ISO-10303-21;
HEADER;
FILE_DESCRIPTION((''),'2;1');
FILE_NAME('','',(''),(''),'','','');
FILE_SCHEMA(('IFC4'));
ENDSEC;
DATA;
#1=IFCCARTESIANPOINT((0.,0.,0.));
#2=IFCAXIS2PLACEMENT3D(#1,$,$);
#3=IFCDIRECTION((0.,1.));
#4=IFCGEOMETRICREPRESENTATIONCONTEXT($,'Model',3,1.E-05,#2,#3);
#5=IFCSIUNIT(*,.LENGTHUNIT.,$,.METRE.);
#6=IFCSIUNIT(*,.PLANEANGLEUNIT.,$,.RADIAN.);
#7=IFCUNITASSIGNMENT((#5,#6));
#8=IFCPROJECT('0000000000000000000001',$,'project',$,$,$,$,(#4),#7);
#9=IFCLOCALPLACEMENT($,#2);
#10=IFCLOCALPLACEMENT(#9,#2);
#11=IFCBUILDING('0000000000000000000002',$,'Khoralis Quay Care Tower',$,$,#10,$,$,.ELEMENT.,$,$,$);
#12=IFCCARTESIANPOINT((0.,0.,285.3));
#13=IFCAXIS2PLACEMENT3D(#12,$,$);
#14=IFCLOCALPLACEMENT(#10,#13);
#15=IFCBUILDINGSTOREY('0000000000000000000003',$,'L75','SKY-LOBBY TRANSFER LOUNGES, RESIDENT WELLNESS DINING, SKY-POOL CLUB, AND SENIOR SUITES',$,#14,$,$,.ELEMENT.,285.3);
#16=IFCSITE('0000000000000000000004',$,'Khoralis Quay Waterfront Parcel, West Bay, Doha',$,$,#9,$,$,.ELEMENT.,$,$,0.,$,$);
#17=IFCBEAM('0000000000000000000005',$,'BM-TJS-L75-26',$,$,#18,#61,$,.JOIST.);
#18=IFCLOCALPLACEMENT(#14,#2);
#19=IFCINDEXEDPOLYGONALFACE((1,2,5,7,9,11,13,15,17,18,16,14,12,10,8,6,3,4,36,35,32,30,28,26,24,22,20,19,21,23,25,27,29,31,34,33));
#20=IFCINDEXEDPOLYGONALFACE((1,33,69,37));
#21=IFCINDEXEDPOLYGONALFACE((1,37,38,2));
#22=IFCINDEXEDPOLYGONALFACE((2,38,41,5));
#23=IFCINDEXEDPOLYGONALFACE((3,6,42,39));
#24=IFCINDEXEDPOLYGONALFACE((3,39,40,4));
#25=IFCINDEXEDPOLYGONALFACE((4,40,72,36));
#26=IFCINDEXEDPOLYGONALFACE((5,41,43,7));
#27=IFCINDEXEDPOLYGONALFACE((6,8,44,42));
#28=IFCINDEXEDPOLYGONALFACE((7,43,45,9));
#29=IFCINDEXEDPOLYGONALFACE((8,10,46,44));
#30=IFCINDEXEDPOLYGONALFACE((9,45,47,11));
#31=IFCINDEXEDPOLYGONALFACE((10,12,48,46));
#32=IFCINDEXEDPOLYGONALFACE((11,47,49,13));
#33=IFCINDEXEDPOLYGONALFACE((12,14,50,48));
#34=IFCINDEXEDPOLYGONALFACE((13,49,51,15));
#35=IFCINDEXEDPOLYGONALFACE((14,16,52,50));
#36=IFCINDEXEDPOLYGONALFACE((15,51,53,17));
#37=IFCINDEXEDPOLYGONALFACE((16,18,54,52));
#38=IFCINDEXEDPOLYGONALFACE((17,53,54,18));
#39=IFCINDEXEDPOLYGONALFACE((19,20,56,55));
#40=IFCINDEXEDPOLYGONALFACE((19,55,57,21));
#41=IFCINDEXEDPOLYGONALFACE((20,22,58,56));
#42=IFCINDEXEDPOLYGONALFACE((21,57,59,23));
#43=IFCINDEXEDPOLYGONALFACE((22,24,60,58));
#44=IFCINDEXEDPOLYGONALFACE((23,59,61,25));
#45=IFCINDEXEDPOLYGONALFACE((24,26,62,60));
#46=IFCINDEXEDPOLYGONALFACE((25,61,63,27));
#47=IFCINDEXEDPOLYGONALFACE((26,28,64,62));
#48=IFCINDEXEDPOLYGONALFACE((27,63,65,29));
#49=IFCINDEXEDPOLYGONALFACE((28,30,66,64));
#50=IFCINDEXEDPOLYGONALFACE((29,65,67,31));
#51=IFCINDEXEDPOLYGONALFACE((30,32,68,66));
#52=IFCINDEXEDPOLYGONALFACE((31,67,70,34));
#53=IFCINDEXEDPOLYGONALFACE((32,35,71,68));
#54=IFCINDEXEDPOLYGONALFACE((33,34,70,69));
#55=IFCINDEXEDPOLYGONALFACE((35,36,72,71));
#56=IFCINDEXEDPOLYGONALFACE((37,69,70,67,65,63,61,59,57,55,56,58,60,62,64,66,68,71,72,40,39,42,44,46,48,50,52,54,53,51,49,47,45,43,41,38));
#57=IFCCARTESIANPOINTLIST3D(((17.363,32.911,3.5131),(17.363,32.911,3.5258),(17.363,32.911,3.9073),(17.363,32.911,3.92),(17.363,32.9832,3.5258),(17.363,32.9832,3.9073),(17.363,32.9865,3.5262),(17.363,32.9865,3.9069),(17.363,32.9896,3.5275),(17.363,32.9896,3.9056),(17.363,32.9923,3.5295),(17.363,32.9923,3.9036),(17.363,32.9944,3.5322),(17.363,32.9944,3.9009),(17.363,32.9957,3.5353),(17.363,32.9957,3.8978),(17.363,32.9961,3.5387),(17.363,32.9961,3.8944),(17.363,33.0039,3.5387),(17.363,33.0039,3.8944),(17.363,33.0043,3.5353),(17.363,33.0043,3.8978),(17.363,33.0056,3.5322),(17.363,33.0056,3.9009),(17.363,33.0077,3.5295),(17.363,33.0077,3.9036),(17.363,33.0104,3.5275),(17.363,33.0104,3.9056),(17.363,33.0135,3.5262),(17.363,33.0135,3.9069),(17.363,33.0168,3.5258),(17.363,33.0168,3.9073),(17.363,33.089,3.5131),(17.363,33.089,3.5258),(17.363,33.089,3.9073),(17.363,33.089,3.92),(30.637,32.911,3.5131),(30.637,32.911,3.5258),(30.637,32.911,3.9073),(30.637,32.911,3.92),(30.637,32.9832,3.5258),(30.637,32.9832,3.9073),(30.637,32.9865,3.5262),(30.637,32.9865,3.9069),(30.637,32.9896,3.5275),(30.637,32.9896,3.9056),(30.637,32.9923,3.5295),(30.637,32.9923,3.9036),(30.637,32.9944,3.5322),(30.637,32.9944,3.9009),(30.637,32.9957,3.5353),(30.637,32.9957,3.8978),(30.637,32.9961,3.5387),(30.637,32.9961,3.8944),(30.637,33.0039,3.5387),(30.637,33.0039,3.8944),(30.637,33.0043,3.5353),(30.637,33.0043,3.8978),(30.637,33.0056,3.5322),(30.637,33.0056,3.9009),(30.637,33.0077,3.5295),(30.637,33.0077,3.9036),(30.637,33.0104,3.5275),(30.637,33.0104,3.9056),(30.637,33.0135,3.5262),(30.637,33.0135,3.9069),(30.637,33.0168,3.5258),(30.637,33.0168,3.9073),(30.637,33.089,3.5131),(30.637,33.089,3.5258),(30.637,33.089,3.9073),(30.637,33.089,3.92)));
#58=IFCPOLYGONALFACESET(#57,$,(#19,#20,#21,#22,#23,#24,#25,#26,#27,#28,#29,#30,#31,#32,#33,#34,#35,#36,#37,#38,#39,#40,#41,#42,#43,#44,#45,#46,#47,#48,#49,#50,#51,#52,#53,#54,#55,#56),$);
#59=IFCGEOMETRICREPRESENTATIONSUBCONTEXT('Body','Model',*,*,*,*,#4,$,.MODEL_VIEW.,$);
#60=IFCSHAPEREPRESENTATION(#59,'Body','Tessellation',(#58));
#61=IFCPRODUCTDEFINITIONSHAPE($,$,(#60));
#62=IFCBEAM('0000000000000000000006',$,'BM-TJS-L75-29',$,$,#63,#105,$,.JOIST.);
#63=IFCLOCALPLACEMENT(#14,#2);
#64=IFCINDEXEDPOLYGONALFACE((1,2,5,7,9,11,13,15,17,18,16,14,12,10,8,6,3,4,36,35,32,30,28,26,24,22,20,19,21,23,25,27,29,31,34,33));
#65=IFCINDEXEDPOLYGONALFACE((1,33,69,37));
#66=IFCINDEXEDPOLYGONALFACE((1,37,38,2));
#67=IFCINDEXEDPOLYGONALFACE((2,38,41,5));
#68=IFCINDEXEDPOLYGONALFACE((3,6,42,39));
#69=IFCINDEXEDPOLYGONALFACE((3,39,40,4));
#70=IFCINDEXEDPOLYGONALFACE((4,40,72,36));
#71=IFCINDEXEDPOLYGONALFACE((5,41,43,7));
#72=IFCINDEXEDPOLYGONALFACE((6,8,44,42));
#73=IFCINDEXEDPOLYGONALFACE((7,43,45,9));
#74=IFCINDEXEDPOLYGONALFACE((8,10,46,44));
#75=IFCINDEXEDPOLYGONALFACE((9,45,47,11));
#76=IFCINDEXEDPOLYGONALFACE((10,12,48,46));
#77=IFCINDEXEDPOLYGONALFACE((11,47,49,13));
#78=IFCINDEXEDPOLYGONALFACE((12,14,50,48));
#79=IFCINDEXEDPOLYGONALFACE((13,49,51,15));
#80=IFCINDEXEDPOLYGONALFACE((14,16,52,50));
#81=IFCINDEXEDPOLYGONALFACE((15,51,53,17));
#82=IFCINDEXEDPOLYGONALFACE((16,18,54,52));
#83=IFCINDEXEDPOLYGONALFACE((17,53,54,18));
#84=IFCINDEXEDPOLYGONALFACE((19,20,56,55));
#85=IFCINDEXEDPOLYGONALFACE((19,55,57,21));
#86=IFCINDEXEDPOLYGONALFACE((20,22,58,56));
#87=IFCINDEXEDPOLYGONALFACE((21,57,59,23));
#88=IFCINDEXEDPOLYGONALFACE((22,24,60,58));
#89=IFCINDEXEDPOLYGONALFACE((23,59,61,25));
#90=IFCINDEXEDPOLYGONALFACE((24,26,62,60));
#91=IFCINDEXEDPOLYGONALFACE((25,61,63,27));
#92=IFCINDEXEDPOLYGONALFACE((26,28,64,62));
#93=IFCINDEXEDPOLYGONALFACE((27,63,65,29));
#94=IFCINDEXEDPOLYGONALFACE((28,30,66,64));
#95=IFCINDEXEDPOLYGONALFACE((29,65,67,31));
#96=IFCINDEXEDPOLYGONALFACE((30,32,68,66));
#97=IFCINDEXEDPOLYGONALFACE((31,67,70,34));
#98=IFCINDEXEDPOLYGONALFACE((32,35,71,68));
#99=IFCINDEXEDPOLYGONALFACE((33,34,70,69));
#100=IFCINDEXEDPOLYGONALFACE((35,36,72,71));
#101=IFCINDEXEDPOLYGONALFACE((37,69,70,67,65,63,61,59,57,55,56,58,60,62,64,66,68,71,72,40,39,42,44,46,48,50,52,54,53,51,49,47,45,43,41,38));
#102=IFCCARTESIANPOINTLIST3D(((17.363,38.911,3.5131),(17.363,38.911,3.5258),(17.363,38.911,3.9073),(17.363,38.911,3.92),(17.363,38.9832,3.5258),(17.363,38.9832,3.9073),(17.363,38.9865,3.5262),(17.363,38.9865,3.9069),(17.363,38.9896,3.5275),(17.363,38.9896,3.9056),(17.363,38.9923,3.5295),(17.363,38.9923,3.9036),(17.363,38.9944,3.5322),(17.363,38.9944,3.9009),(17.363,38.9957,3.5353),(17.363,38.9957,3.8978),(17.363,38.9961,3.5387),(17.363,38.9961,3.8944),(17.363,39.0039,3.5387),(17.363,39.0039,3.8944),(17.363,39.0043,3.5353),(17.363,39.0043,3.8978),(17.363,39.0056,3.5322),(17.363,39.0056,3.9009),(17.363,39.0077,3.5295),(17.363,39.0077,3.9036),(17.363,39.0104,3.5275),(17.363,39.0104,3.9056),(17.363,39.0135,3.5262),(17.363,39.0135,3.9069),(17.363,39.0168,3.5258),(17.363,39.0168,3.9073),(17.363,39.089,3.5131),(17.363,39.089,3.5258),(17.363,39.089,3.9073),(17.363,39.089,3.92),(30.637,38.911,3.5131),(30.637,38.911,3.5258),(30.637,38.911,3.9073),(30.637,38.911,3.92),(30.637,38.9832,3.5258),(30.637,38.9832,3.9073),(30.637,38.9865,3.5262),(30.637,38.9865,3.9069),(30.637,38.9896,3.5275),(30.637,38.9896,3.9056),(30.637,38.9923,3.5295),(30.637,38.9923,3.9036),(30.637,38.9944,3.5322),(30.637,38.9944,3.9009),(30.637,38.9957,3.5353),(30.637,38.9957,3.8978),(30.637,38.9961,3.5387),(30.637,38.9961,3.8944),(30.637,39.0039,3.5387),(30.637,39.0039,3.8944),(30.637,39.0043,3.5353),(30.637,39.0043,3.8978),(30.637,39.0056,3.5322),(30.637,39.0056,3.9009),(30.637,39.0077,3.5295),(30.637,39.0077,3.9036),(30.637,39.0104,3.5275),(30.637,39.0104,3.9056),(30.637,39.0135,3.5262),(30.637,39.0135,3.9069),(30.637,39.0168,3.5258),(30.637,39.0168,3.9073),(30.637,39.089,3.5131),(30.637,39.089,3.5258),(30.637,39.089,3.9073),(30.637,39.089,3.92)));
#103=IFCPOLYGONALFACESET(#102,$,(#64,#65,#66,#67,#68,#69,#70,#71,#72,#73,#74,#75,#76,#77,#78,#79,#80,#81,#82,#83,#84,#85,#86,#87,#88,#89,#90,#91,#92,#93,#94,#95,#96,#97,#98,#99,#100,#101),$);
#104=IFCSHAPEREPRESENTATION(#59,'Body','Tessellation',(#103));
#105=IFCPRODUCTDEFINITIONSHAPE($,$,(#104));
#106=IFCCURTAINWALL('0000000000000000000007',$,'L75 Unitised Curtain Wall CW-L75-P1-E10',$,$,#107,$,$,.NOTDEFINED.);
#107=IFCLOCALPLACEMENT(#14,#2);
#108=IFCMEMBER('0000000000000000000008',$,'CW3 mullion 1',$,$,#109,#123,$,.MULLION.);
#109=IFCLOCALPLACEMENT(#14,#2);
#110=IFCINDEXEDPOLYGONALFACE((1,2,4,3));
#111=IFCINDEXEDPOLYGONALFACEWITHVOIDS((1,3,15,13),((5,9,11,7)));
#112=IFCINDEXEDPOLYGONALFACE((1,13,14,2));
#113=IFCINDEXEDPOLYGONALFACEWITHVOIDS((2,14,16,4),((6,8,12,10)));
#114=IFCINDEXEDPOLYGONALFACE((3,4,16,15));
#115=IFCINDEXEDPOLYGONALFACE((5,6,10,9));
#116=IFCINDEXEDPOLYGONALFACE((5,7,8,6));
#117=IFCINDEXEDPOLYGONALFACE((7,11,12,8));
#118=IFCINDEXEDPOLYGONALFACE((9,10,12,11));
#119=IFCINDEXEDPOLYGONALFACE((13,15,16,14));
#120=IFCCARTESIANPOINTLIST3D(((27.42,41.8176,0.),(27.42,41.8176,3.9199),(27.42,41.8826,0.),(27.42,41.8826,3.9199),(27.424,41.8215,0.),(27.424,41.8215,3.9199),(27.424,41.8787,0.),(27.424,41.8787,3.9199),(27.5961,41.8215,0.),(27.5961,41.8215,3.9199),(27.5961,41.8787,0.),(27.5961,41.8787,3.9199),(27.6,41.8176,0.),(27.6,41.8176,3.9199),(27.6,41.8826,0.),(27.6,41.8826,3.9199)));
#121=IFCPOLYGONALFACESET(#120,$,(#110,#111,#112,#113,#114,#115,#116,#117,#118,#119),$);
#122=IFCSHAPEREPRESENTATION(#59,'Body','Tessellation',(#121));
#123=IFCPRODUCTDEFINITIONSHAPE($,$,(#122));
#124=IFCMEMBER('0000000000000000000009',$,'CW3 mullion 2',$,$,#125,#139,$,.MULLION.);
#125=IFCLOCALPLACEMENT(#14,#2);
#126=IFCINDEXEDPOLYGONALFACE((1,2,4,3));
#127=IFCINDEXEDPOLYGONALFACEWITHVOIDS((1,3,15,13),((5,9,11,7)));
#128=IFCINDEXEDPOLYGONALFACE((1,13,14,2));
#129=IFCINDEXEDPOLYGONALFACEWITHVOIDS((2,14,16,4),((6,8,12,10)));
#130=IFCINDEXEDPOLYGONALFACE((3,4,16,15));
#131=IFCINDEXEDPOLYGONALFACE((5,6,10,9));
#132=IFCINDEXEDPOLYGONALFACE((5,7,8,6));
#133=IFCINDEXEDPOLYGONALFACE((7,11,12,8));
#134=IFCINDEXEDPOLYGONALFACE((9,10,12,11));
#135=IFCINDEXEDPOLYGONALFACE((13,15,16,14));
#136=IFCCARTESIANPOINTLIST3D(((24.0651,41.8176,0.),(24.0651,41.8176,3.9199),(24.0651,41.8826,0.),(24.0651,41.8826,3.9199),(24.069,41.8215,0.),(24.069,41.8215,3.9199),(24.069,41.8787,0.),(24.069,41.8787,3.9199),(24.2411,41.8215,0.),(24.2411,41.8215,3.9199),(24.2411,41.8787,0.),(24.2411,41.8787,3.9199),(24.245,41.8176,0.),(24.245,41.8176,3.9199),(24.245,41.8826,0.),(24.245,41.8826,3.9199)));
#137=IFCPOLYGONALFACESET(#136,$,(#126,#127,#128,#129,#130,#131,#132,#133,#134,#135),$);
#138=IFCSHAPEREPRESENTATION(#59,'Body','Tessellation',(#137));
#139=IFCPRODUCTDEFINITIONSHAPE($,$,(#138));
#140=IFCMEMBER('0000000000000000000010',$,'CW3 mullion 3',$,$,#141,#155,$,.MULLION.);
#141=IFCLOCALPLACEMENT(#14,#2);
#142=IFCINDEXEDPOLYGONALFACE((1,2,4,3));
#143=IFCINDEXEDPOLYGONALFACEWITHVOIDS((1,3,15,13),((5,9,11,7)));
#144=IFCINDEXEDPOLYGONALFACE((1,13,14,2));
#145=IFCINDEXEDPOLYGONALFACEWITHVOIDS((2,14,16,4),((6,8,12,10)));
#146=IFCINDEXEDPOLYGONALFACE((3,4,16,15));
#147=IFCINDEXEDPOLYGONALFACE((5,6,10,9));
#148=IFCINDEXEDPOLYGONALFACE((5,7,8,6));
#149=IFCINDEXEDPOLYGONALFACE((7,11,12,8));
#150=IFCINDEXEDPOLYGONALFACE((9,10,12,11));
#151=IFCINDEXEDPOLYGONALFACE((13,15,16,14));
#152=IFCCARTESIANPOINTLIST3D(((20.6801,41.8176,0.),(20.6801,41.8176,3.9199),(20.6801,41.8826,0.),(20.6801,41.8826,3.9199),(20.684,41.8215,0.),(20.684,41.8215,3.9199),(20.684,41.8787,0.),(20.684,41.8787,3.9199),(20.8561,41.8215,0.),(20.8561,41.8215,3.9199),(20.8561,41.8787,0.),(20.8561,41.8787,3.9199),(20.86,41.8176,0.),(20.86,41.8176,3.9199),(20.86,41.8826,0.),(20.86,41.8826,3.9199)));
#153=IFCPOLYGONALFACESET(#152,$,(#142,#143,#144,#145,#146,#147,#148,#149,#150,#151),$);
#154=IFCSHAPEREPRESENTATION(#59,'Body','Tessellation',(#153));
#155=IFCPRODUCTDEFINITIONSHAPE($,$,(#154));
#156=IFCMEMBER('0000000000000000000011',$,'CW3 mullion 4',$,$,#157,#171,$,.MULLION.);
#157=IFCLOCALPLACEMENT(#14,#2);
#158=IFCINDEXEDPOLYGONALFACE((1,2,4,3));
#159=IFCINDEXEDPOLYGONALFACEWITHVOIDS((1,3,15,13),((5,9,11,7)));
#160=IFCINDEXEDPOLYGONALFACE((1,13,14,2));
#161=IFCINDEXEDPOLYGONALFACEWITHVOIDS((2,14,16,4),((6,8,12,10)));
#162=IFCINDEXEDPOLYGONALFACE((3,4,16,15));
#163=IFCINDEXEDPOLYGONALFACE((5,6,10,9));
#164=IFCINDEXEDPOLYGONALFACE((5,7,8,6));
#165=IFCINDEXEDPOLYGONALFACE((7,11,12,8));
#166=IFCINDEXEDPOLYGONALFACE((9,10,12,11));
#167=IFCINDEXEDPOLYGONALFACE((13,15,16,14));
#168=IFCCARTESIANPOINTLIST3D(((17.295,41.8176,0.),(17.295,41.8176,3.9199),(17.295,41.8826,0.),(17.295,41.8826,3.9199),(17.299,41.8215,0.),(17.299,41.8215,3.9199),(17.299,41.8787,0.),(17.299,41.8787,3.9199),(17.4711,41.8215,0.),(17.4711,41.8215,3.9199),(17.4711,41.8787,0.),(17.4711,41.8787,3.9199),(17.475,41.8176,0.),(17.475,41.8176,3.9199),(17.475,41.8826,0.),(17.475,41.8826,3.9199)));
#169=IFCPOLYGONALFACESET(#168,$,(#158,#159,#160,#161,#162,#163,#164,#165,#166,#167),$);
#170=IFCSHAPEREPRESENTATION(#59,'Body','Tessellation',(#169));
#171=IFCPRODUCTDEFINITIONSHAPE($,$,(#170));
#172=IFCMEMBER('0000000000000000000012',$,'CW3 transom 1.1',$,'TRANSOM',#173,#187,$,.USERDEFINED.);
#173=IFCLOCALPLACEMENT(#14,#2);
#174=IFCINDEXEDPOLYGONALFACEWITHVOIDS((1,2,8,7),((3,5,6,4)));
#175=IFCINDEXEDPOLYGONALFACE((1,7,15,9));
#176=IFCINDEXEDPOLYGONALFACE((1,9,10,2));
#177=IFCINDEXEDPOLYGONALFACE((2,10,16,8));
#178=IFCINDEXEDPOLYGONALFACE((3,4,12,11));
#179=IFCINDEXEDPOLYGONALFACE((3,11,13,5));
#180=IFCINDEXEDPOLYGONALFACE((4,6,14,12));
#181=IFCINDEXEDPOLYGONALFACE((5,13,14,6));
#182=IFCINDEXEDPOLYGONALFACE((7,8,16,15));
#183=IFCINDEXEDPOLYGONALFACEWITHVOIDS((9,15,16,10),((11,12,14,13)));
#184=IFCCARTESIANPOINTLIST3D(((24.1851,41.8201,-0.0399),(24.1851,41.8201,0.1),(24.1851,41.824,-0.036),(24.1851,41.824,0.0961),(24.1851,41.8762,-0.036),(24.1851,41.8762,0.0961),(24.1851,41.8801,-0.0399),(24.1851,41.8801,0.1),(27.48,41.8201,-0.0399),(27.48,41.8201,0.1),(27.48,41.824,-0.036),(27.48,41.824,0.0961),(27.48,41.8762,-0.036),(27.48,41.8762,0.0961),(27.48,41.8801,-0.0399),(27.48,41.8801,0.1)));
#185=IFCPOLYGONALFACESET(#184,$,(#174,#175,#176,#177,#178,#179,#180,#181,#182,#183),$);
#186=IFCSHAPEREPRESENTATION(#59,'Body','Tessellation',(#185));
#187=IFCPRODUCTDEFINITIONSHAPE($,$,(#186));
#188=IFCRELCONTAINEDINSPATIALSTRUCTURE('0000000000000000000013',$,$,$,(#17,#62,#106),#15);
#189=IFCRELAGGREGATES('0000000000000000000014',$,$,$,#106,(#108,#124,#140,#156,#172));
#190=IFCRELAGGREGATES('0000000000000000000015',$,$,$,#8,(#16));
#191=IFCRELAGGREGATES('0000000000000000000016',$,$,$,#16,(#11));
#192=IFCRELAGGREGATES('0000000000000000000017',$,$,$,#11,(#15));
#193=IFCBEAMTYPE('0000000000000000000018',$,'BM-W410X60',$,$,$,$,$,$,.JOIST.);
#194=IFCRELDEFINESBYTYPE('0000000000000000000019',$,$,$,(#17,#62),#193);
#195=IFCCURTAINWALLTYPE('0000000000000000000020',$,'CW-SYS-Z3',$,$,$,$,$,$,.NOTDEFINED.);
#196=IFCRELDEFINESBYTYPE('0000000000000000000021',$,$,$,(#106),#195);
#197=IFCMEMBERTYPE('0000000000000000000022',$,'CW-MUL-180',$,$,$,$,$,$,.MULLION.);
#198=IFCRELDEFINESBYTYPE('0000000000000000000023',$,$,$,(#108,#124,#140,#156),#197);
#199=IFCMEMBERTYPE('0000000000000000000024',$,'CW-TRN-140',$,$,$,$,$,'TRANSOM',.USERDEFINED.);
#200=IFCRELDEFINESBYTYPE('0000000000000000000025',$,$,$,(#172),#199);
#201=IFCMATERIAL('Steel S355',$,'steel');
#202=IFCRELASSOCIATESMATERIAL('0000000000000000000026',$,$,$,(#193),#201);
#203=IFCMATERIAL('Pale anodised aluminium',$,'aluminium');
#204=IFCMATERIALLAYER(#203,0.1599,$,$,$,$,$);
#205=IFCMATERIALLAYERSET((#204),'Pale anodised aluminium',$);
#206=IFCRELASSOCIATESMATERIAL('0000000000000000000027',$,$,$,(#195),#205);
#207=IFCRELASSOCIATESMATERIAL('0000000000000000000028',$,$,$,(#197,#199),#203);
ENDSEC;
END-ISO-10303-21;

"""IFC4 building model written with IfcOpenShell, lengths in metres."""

from ifc_helpers import new_model, si_unit, direction, frame, origin, origin_2d, place, context, subcontext, project, spatial, hollow_rectangle, i_section, extrude, source, transform, mapped, material, layer, layer_set, material_profile, profile_set, type_object, element, aggregate, save


model = new_model("IFC4")

# Units and contexts
model_context = context("Model", 3, precision=1e-05, world=origin(), true_north=direction((0.0, 1.0)))
body_context = subcontext(model_context, "Body", "Model", "MODEL_VIEW")
ifc_project = project(units=[si_unit("LENGTHUNIT", "METRE"), si_unit("PLANEANGLEUNIT", "RADIAN")], contexts=[model_context])

# Site, building, storey
site_placement = place(None, origin())
site = spatial("IfcSite", under=ifc_project, at=site_placement, Name="Khoralis Quay Waterfront Parcel, West Bay, Doha", CompositionType="ELEMENT", RefElevation=0.0)
building_placement = place(site_placement, origin())
building = spatial("IfcBuilding", under=site, at=building_placement, Name="Khoralis Quay Care Tower", CompositionType="ELEMENT")
storey_placement = place(building_placement, frame((0.0, 0.0, 285.3)))
storey = spatial("IfcBuildingStorey", under=building, at=storey_placement, Name="L75", Description="SKY-LOBBY TRANSFER LOUNGES, RESIDENT WELLNESS DINING, SKY-POOL CLUB, AND SENIOR SUITES", CompositionType="ELEMENT", Elevation=285.3)

# Beams
ifc_material_1 = material(Name="Steel S355", Category="steel")
ifc_material_profile_1 = material_profile(ifc_material_1, i_section(OverallWidth=0.178, OverallDepth=0.407, WebThickness=0.0078, FlangeThickness=0.0127, FilletRadius=0.0129, at=origin_2d()), Name="Steel S355")
ifc_profile_set_1 = profile_set([ifc_material_profile_1], Name="Steel S355")
beam_type_1 = type_object("IfcBeamType", Name="BM-W410X60", PredefinedType="JOIST", material=ifc_profile_set_1)
shared_shape_1 = source(origin(), body_context, "Body", "SweptSolid", [
    extrude(i_section(OverallWidth=0.178, OverallDepth=0.407, WebThickness=0.0078, FlangeThickness=0.0127, FilletRadius=0.0129, at=origin_2d()), origin(), (0.0, 0.0, 1.0), 13.2739),
])
for number, where, z_axis, x_axis, name in (
    (1, (17.363, 33.0, 3.7166), (1.0, 0.0, 0.0), (0.0, 1.0, 0.0), "BM-TJS-L75-26"),
    (2, (17.363, 39.0, 3.7166), (1.0, 0.0, 0.0), (0.0, 1.0, 0.0), "BM-TJS-L75-29"),
):
    element("IfcBeam", number, at=place(storey_placement, frame(where, z_axis=z_axis, x_axis=x_axis)), inside=storey, type_object=beam_type_1, Name=name, PredefinedType="JOIST", context=body_context, shape_type="MappedRepresentation", body=[
        mapped(shared_shape_1, transform((0.0, 0.0, 0.0), scale=1.0)),
    ])

# Curtain wall, members
ifc_material_2 = material(Name="Pale anodised aluminium", Category="aluminium")
ifc_layer_1 = layer(ifc_material_2, 0.1599)
ifc_layer_set_1 = layer_set([ifc_layer_1], Name="Pale anodised aluminium")
curtain_wall_type = type_object("IfcCurtainWallType", Name="CW-SYS-Z3", PredefinedType="NOTDEFINED", material=ifc_layer_set_1)
curtain_wall_placement = place(storey_placement, origin())
curtain_wall = element("IfcCurtainWall", 3, at=curtain_wall_placement, inside=storey, type_object=curtain_wall_type, Name="L75 Unitised Curtain Wall CW-L75-P1-E10", PredefinedType="NOTDEFINED")
ifc_material_profile_2 = material_profile(ifc_material_2, hollow_rectangle(XDim=0.0649, YDim=0.1799, WallThickness=0.0039, at=origin_2d()), Name="Pale anodised aluminium")
ifc_profile_set_2 = profile_set([ifc_material_profile_2], Name="Pale anodised aluminium")
member_type_1 = type_object("IfcMemberType", Name="CW-MUL-180", PredefinedType="MULLION", material=ifc_profile_set_2)
shared_shape_2 = source(origin(), body_context, "Body", "SweptSolid", [
    extrude(hollow_rectangle(XDim=0.0649, YDim=0.1799, WallThickness=0.0039, at=origin_2d()), origin(), (0.0, 0.0, 1.0), 3.9199),
])
member_1_placement = place(storey_placement, frame((27.51, 41.8501, 0.0), z_axis=(0.0, 0.0, 1.0), x_axis=(0.0, -1.0, 0.0)))
member_1 = element("IfcMember", 4, at=member_1_placement, type_object=member_type_1, Name="CW3 mullion 1", PredefinedType="MULLION", context=body_context, shape_type="MappedRepresentation", body=[
    mapped(shared_shape_2, transform((0.0, 0.0, 0.0), scale=1.0)),
])
member_2_placement = place(storey_placement, frame((24.155, 41.8501, 0.0), z_axis=(0.0, 0.0, 1.0), x_axis=(0.0, -1.0, 0.0)))
member_2 = element("IfcMember", 5, at=member_2_placement, type_object=member_type_1, Name="CW3 mullion 2", PredefinedType="MULLION", context=body_context, shape_type="MappedRepresentation", body=[
    mapped(shared_shape_2, transform((0.0, 0.0, 0.0), scale=1.0)),
])
member_3_placement = place(storey_placement, frame((20.77, 41.8501, 0.0), z_axis=(0.0, 0.0, 1.0), x_axis=(0.0, -1.0, 0.0)))
member_3 = element("IfcMember", 6, at=member_3_placement, type_object=member_type_1, Name="CW3 mullion 3", PredefinedType="MULLION", context=body_context, shape_type="MappedRepresentation", body=[
    mapped(shared_shape_2, transform((0.0, 0.0, 0.0), scale=1.0)),
])
member_4_placement = place(storey_placement, frame((17.385, 41.8501, 0.0), z_axis=(0.0, 0.0, 1.0), x_axis=(0.0, -1.0, 0.0)))
member_4 = element("IfcMember", 7, at=member_4_placement, type_object=member_type_1, Name="CW3 mullion 4", PredefinedType="MULLION", context=body_context, shape_type="MappedRepresentation", body=[
    mapped(shared_shape_2, transform((0.0, 0.0, 0.0), scale=1.0)),
])
ifc_material_profile_3 = material_profile(ifc_material_2, hollow_rectangle(XDim=0.0601, YDim=0.1399, WallThickness=0.0039, at=origin_2d()), Name="Pale anodised aluminium")
ifc_profile_set_3 = profile_set([ifc_material_profile_3], Name="Pale anodised aluminium")
member_type_2 = type_object("IfcMemberType", Name="CW-TRN-140", ElementType="TRANSOM", PredefinedType="USERDEFINED", material=ifc_profile_set_3)
shared_shape_3 = source(origin(), body_context, "Body", "SweptSolid", [
    extrude(hollow_rectangle(XDim=0.0601, YDim=0.1399, WallThickness=0.0039, at=origin_2d()), origin(), (0.0, 0.0, 1.0), 3.2949),
])
member_5_placement = place(storey_placement, frame((27.48, 41.8501, 0.03), z_axis=(-1.0, 0.0, 0.0), x_axis=(0.0, -1.0, 0.0)))
member_5 = element("IfcMember", 8, at=member_5_placement, type_object=member_type_2, Name="CW3 transom 1.1", ObjectType="TRANSOM", PredefinedType="USERDEFINED", context=body_context, shape_type="MappedRepresentation", body=[
    mapped(shared_shape_3, transform((0.0, 0.0, 0.0), scale=1.0)),
])
aggregate(curtain_wall, [member_1, member_2, member_3, member_4, member_5])

save(model, "model.ifc")
